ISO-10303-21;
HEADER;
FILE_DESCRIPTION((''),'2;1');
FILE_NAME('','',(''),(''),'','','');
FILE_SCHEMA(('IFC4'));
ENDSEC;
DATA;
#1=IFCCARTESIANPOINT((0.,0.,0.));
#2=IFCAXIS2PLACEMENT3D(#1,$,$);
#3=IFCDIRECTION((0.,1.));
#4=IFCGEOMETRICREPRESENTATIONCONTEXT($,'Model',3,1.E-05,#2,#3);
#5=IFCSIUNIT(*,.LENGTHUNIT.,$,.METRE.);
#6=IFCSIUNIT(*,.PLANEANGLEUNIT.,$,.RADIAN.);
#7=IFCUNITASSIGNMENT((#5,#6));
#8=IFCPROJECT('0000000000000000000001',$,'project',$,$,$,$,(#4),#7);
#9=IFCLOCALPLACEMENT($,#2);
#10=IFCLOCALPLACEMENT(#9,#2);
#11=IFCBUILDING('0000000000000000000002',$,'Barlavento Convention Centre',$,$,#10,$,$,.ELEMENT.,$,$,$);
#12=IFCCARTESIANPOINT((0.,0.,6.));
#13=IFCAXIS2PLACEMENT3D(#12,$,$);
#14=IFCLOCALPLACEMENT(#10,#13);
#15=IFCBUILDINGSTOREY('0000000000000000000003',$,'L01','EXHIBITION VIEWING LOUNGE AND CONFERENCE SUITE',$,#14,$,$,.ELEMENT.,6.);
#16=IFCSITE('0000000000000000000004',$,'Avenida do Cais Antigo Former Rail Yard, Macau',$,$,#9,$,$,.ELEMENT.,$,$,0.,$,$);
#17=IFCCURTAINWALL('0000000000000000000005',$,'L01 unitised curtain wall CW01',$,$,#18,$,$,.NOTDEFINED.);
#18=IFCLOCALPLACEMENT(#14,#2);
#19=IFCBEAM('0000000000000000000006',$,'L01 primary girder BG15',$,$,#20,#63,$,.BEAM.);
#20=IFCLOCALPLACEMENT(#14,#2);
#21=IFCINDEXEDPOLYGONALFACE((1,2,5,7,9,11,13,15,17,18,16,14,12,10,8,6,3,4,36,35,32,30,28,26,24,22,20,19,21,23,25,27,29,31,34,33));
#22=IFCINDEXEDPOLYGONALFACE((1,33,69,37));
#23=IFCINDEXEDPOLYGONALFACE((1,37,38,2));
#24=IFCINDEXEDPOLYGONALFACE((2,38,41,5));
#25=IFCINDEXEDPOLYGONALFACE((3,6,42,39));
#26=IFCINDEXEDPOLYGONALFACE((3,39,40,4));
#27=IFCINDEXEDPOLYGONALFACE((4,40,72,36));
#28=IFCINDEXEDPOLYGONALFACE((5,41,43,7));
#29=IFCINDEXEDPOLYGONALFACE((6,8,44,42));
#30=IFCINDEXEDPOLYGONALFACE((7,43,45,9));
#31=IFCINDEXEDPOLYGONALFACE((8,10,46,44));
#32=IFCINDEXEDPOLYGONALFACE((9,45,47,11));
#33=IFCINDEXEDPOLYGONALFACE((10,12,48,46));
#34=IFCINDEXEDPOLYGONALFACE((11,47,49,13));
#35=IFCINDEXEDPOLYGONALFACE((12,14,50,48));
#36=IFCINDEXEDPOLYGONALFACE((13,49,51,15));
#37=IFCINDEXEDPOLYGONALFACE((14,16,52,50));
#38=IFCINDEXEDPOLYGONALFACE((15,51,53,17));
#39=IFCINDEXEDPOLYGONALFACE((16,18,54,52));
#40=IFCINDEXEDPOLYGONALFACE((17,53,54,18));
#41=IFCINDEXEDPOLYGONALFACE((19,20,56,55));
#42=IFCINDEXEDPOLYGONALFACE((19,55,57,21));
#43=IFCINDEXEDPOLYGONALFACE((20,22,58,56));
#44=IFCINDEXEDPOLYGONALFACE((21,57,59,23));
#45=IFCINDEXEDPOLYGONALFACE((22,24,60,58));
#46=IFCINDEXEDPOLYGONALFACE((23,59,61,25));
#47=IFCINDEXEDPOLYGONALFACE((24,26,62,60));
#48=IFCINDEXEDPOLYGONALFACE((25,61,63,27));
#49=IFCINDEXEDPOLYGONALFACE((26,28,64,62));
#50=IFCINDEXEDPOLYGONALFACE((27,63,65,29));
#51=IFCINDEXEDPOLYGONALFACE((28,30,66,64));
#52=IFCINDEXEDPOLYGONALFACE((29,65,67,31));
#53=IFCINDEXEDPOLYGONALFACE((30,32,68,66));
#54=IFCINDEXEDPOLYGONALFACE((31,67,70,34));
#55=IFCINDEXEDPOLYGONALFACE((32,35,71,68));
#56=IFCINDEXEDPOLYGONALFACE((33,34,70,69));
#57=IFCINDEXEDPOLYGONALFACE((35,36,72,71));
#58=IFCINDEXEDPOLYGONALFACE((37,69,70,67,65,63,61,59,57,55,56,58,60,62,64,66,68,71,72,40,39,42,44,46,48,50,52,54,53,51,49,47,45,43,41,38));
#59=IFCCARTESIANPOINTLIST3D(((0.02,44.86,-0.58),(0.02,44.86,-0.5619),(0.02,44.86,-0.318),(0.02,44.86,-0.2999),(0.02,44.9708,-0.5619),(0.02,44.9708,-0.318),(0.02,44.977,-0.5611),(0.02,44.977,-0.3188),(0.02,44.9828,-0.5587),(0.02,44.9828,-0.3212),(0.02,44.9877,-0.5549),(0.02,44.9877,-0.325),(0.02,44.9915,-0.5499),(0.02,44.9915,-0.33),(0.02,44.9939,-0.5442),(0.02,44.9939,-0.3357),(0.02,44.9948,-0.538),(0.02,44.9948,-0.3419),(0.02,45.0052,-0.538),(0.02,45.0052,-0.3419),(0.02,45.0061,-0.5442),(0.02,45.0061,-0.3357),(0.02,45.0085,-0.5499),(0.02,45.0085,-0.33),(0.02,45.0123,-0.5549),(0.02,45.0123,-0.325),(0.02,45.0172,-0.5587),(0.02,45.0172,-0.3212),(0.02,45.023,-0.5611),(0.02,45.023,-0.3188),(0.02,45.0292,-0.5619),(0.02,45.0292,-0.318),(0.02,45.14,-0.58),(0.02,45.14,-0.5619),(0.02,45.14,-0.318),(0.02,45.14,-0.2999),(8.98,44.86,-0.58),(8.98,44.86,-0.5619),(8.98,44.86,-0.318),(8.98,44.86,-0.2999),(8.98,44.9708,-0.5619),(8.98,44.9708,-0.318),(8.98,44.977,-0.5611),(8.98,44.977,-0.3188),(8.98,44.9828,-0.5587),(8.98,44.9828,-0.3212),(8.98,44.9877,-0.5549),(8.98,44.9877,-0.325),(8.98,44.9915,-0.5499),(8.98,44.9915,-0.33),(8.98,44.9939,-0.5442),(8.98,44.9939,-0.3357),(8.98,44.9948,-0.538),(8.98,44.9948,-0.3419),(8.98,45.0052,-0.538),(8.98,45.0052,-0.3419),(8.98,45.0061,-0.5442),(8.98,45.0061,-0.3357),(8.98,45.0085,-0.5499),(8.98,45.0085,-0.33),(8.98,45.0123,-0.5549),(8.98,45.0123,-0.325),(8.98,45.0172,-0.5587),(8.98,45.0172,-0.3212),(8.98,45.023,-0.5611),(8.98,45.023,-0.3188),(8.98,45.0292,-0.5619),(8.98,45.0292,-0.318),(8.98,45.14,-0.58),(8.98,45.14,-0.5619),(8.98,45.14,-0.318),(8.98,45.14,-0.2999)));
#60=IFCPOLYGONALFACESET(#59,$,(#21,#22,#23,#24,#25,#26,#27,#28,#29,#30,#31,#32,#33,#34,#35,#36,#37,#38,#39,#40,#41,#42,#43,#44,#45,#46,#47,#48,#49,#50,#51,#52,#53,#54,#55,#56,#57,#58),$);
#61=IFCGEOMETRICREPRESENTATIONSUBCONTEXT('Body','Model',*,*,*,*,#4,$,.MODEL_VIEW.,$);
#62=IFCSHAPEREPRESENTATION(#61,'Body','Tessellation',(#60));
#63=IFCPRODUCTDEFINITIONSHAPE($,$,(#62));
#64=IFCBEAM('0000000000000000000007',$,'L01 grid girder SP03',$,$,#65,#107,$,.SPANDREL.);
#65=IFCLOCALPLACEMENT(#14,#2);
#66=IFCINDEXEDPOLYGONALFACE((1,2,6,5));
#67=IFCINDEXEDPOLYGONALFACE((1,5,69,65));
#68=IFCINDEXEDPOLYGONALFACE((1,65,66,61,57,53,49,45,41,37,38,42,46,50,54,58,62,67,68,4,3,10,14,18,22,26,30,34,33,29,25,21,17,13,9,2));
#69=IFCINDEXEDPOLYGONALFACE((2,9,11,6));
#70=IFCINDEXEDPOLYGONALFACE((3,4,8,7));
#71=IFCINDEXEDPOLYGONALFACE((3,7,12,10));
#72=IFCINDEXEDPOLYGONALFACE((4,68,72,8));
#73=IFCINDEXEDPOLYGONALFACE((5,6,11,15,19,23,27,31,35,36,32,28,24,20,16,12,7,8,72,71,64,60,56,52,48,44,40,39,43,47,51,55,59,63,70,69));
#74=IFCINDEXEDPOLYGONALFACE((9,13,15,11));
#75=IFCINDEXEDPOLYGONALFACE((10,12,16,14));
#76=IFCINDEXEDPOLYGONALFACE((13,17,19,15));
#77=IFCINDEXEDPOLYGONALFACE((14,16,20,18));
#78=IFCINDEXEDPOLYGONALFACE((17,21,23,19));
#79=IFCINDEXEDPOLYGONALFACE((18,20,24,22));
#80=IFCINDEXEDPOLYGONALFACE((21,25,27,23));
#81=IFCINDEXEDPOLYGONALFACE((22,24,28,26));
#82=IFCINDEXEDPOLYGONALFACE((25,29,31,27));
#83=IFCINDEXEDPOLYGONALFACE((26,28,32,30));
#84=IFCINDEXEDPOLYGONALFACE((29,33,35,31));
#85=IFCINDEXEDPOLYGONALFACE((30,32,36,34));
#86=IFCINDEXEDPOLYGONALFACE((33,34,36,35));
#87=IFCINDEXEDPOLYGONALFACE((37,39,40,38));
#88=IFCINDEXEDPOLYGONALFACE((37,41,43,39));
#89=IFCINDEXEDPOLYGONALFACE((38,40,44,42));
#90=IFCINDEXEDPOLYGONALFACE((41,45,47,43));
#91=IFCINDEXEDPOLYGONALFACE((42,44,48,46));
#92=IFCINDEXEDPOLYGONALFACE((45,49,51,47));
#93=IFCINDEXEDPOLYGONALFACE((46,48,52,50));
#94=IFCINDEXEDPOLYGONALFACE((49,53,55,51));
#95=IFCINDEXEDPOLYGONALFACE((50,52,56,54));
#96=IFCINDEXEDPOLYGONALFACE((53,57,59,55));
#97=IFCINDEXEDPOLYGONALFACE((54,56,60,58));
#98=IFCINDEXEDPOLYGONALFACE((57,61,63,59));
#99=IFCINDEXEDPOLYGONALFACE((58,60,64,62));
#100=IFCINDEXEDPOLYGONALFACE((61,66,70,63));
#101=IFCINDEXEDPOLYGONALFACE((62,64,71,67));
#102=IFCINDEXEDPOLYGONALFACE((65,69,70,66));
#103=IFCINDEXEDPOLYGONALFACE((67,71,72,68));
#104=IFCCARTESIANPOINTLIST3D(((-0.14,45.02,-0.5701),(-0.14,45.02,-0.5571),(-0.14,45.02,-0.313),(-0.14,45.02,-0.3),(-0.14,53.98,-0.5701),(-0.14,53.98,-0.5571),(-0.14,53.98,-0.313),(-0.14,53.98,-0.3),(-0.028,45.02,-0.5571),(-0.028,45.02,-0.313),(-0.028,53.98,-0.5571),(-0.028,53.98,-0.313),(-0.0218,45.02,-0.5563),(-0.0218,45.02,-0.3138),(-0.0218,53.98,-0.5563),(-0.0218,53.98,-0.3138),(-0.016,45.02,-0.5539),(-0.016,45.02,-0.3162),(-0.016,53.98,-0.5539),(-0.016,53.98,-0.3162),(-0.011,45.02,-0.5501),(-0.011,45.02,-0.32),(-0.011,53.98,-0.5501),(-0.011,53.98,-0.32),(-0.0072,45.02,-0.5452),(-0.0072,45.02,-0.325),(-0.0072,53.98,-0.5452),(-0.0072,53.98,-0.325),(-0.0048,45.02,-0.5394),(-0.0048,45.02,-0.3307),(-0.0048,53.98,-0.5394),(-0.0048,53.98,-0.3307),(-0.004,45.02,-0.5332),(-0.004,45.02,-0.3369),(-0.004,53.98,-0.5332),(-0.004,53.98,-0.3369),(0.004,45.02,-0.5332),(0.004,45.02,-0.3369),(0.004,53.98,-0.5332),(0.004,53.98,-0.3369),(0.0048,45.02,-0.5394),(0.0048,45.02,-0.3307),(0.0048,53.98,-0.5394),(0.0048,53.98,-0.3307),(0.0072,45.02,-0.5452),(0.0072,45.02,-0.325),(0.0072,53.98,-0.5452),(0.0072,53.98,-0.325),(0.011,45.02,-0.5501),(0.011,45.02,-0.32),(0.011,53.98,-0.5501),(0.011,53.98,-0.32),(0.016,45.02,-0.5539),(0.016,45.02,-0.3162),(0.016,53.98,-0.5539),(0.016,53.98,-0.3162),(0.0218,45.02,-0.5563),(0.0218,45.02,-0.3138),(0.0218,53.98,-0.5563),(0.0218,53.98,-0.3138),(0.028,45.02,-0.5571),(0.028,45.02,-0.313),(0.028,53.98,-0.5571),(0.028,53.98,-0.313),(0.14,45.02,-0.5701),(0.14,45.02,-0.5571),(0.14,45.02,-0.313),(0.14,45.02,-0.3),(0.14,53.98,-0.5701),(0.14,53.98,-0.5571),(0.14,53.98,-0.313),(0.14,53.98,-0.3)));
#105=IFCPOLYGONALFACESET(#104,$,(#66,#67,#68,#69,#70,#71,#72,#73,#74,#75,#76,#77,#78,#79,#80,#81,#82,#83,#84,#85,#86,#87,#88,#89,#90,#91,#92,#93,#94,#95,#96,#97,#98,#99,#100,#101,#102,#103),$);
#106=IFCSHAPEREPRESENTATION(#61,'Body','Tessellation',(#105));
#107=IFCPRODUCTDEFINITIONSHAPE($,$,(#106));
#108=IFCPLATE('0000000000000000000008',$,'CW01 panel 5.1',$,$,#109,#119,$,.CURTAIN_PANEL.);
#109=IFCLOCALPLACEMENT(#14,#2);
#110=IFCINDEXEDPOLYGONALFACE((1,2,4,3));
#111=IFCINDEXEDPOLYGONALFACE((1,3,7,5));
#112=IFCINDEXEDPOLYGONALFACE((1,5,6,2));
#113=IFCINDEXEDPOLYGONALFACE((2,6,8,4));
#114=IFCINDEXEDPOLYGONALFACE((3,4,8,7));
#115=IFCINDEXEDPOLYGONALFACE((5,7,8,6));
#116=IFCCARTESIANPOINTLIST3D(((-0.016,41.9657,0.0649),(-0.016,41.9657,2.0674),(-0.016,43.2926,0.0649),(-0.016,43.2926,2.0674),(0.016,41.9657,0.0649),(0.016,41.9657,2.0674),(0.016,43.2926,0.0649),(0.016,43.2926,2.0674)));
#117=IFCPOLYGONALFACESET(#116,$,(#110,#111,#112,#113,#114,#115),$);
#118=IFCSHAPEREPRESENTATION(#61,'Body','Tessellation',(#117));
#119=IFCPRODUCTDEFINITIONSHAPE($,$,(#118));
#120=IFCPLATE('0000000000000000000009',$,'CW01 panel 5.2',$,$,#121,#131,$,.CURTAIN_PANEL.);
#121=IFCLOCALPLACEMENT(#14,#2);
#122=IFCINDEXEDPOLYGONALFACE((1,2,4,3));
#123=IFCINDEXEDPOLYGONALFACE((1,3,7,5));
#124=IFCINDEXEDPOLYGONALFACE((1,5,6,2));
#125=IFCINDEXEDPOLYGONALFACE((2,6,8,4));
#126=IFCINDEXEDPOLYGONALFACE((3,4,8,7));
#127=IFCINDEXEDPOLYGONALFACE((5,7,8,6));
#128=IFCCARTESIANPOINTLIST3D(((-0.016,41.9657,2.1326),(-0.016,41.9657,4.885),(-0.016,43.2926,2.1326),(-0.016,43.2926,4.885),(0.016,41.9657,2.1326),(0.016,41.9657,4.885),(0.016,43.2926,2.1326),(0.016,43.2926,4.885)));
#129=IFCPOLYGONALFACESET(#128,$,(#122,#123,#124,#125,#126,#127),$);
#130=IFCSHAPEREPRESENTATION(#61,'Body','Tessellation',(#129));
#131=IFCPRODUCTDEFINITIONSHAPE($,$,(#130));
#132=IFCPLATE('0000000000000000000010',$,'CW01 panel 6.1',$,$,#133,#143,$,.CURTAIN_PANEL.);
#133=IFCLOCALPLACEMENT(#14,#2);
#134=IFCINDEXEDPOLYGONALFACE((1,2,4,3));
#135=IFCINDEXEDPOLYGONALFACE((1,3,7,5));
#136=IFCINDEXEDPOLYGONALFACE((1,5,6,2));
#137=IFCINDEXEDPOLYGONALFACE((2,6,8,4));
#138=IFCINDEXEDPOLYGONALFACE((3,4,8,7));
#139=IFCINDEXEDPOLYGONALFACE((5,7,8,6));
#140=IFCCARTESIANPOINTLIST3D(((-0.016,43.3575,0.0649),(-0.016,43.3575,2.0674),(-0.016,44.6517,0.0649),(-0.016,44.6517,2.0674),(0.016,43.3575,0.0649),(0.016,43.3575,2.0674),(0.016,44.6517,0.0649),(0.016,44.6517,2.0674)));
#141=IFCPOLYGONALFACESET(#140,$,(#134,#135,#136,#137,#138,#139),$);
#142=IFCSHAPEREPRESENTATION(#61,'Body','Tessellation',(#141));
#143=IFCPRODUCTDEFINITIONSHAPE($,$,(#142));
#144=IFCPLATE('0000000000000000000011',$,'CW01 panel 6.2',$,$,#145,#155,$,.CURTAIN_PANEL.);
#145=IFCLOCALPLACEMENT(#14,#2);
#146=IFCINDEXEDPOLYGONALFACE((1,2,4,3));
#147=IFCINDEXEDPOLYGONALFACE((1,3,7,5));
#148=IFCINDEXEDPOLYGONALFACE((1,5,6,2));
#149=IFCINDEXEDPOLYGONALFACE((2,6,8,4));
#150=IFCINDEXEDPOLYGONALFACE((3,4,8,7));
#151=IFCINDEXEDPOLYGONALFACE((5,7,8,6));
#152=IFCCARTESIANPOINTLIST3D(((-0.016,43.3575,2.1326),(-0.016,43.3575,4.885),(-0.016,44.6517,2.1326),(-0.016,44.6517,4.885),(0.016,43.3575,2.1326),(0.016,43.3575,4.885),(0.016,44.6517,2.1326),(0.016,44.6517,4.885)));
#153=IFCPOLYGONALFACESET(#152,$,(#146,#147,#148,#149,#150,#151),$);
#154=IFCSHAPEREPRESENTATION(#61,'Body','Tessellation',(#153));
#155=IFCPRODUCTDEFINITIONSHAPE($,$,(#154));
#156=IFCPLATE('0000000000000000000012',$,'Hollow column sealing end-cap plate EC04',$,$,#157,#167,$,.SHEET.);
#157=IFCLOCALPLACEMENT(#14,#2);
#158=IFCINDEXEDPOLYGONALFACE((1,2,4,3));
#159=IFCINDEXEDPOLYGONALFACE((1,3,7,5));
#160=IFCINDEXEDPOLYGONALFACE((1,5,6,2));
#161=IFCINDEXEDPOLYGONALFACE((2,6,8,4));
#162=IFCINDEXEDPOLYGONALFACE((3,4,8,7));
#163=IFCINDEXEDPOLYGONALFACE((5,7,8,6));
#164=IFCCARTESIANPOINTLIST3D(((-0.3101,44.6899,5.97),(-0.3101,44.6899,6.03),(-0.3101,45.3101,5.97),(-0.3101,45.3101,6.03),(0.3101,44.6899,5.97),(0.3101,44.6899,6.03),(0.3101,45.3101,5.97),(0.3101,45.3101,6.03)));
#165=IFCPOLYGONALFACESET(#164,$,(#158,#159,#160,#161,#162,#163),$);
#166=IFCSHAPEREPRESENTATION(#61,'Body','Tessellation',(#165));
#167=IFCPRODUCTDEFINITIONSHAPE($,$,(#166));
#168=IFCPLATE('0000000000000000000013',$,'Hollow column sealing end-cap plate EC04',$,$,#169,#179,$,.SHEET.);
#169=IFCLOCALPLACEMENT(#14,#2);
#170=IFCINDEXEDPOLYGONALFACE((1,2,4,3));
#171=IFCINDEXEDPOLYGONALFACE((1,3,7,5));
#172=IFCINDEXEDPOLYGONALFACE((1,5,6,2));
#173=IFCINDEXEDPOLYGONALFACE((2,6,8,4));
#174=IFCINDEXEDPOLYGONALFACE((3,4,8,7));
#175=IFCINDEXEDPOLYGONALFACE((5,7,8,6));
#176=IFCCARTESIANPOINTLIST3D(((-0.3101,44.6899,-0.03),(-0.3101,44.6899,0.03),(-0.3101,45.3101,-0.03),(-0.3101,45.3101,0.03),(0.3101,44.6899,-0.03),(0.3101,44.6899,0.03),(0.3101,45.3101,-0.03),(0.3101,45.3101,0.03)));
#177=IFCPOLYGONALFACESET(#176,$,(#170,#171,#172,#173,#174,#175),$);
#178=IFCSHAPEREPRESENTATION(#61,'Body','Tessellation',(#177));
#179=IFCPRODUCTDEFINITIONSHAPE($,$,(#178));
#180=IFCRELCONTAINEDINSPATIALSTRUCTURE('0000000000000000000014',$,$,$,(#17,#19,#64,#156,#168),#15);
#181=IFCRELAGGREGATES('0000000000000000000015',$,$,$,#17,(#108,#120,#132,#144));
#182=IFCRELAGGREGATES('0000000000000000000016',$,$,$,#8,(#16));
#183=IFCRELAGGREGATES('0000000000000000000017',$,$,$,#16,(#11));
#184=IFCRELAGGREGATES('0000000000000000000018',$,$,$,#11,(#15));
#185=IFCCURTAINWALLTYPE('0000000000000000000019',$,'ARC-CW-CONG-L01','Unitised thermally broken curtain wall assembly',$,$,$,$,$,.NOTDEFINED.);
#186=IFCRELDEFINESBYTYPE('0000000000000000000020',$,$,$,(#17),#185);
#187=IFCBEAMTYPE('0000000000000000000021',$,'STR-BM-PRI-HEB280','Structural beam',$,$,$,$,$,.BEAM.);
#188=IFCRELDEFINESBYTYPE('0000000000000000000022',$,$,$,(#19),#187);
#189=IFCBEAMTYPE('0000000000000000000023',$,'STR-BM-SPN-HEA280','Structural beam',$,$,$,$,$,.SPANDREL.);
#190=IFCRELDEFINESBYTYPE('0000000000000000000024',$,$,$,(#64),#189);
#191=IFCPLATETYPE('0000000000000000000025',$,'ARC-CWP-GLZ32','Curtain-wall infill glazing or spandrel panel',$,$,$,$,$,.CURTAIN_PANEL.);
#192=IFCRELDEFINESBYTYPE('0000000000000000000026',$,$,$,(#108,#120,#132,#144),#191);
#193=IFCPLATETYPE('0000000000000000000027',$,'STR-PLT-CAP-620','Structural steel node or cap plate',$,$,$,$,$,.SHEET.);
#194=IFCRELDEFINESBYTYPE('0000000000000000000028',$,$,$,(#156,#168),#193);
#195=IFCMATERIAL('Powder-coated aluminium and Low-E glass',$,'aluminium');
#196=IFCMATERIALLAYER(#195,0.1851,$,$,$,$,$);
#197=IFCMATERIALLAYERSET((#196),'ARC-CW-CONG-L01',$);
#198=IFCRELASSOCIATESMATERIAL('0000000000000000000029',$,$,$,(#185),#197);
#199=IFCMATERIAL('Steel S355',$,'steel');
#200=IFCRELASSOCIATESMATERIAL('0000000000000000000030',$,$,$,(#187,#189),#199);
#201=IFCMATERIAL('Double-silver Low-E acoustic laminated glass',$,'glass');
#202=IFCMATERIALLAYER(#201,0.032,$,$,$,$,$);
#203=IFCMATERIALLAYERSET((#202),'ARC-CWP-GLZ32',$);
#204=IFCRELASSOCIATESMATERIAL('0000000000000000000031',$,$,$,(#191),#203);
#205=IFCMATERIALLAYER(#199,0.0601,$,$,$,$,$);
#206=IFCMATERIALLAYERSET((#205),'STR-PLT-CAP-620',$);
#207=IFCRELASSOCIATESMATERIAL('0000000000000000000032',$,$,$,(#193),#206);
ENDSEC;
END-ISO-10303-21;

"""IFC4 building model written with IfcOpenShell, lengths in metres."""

from ifc_helpers import new_model, si_unit, direction, frame, origin, origin_2d, place, context, subcontext, project, spatial, rectangle, i_section, extrude, material, layer, layer_set, material_profile, profile_set, type_object, element, aggregate, save


model = new_model("IFC4")

# Units and contexts
model_context = context("Model", 3, precision=1e-05, world=origin(), true_north=direction((0.0, 1.0)))
body_context = subcontext(model_context, "Body", "Model", "MODEL_VIEW")
ifc_project = project(units=[si_unit("LENGTHUNIT", "METRE"), si_unit("PLANEANGLEUNIT", "RADIAN")], contexts=[model_context])

# Site, building, storey
site_placement = place(None, origin())
site = spatial("IfcSite", under=ifc_project, at=site_placement, Name="Avenida do Cais Antigo Former Rail Yard, Macau", CompositionType="ELEMENT", RefElevation=0.0)
building_placement = place(site_placement, origin())
building = spatial("IfcBuilding", under=site, at=building_placement, Name="Barlavento Convention Centre", CompositionType="ELEMENT")
storey_placement = place(building_placement, frame((0.0, 0.0, 6.0)))
storey = spatial("IfcBuildingStorey", under=building, at=storey_placement, Name="L01", Description="EXHIBITION VIEWING LOUNGE AND CONFERENCE SUITE", CompositionType="ELEMENT", Elevation=6.0)

# Shared definitions
ifc_material_1 = material(Name="Steel S355", Category="steel")

# Curtain wall
ifc_material_2 = material(Name="Powder-coated aluminium and Low-E glass", Category="aluminium")
ifc_layer_1 = layer(ifc_material_2, 0.1851)
ifc_layer_set_1 = layer_set([ifc_layer_1], Name="ARC-CW-CONG-L01")
curtain_wall_type = type_object("IfcCurtainWallType", Name="ARC-CW-CONG-L01", Description="Unitised thermally broken curtain wall assembly", PredefinedType="NOTDEFINED", material=ifc_layer_set_1)
curtain_wall_placement = place(storey_placement, origin())
curtain_wall = element("IfcCurtainWall", 1, at=curtain_wall_placement, inside=storey, type_object=curtain_wall_type, Name="L01 unitised curtain wall CW01", PredefinedType="NOTDEFINED")

# Beams
ifc_material_profile_1 = material_profile(ifc_material_1, i_section(OverallWidth=0.28, OverallDepth=0.28, WebThickness=0.0105, FlangeThickness=0.0181, FilletRadius=0.0239, at=origin_2d()), Name="HEB 280")
ifc_profile_set_1 = profile_set([ifc_material_profile_1], Name="Steel S355")
beam_type_1 = type_object("IfcBeamType", Name="STR-BM-PRI-HEB280", Description="Structural beam", PredefinedType="BEAM", material=ifc_profile_set_1)
beam_1_placement = place(storey_placement, frame((0.02, 45.0, -0.4399), z_axis=(1.0, 0.0, 0.0), x_axis=(0.0, 1.0, 0.0)))
element("IfcBeam", 2, at=beam_1_placement, inside=storey, type_object=beam_type_1, Name="L01 primary girder BG15", PredefinedType="BEAM", context=body_context, shape_type="SweptSolid", body=[
    extrude(i_section(OverallWidth=0.28, OverallDepth=0.28, WebThickness=0.0105, FlangeThickness=0.0181, FilletRadius=0.0239, at=origin_2d()), origin(), (0.0, 0.0, 1.0), 8.96),
])
ifc_material_profile_2 = material_profile(ifc_material_1, i_section(OverallWidth=0.28, OverallDepth=0.27, WebThickness=0.0081, FlangeThickness=0.0129, FilletRadius=0.0239, at=origin_2d()), Name="HEA 280")
ifc_profile_set_2 = profile_set([ifc_material_profile_2], Name="Steel S355")
beam_type_2 = type_object("IfcBeamType", Name="STR-BM-SPN-HEA280", Description="Structural beam", PredefinedType="SPANDREL", material=ifc_profile_set_2)
beam_2_placement = place(storey_placement, frame((0.0, 45.02, -0.4351), z_axis=(0.0, 1.0, 0.0), x_axis=(-1.0, 0.0, 0.0)))
element("IfcBeam", 3, at=beam_2_placement, inside=storey, type_object=beam_type_2, Name="L01 grid girder SP03", PredefinedType="SPANDREL", context=body_context, shape_type="SweptSolid", body=[
    extrude(i_section(OverallWidth=0.28, OverallDepth=0.27, WebThickness=0.0081, FlangeThickness=0.0129, FilletRadius=0.0239, at=origin_2d()), origin(), (0.0, 0.0, 1.0), 8.96),
])

# Plates
ifc_material_3 = material(Name="Double-silver Low-E acoustic laminated glass", Category="glass")
ifc_layer_2 = layer(ifc_material_3, 0.032)
ifc_layer_set_2 = layer_set([ifc_layer_2], Name="ARC-CWP-GLZ32")
plate_type_1 = type_object("IfcPlateType", Name="ARC-CWP-GLZ32", Description="Curtain-wall infill glazing or spandrel panel", PredefinedType="CURTAIN_PANEL", material=ifc_layer_set_2)
plate_1_placement = place(storey_placement, frame((0.0, 42.6292, 0.0649), z_axis=(0.0, 0.0, 1.0), x_axis=(0.0, 1.0, 0.0)))
plate_1 = element("IfcPlate", 4, at=plate_1_placement, type_object=plate_type_1, Name="CW01 panel 5.1", PredefinedType="CURTAIN_PANEL", context=body_context, shape_type="SweptSolid", body=[
    extrude(rectangle(XDim=1.3269, YDim=0.032, at=origin_2d()), origin(), (0.0, 0.0, 1.0), 2.0024),
])
plate_2_placement = place(storey_placement, frame((0.0, 42.6292, 2.1326), z_axis=(0.0, 0.0, 1.0), x_axis=(0.0, 1.0, 0.0)))
plate_2 = element("IfcPlate", 5, at=plate_2_placement, type_object=plate_type_1, Name="CW01 panel 5.2", PredefinedType="CURTAIN_PANEL", context=body_context, shape_type="SweptSolid", body=[
    extrude(rectangle(XDim=1.3269, YDim=0.032, at=origin_2d()), origin(), (0.0, 0.0, 1.0), 2.7524),
])
plate_3_placement = place(storey_placement, frame((0.0, 44.0046, 0.0649), z_axis=(0.0, 0.0, 1.0), x_axis=(0.0, 1.0, 0.0)))
plate_3 = element("IfcPlate", 6, at=plate_3_placement, type_object=plate_type_1, Name="CW01 panel 6.1", PredefinedType="CURTAIN_PANEL", context=body_context, shape_type="SweptSolid", body=[
    extrude(rectangle(XDim=1.2942, YDim=0.032, at=origin_2d()), origin(), (0.0, 0.0, 1.0), 2.0024),
])
plate_4_placement = place(storey_placement, frame((0.0, 44.0046, 2.1326), z_axis=(0.0, 0.0, 1.0), x_axis=(0.0, 1.0, 0.0)))
plate_4 = element("IfcPlate", 7, at=plate_4_placement, type_object=plate_type_1, Name="CW01 panel 6.2", PredefinedType="CURTAIN_PANEL", context=body_context, shape_type="SweptSolid", body=[
    extrude(rectangle(XDim=1.2942, YDim=0.032, at=origin_2d()), origin(), (0.0, 0.0, 1.0), 2.7524),
])
aggregate(curtain_wall, [plate_1, plate_2, plate_3, plate_4])

# Plates
ifc_layer_3 = layer(ifc_material_1, 0.0601)
ifc_layer_set_3 = layer_set([ifc_layer_3], Name="STR-PLT-CAP-620")
plate_type_2 = type_object("IfcPlateType", Name="STR-PLT-CAP-620", Description="Structural steel node or cap plate", PredefinedType="SHEET", material=ifc_layer_set_3)
for number, where, z_axis, x_axis, name in (
    (8, (0.0, 45.0, 5.97), (0.0, 0.0, 1.0), (1.0, 0.0, 0.0), "Hollow column sealing end-cap plate EC04"),
    (9, (0.0, 45.0, -0.03), (0.0, 0.0, 1.0), (1.0, 0.0, 0.0), "Hollow column sealing end-cap plate EC04"),
):
    element("IfcPlate", number, at=place(storey_placement, frame(where, z_axis=z_axis, x_axis=x_axis)), inside=storey, type_object=plate_type_2, Name=name, PredefinedType="SHEET", context=body_context, shape_type="SweptSolid", body=[
        extrude(rectangle(XDim=0.6201, YDim=0.6201, at=origin_2d()), origin(), (0.0, 0.0, 1.0), 0.0601),
    ])

save(model, "model.ifc")
